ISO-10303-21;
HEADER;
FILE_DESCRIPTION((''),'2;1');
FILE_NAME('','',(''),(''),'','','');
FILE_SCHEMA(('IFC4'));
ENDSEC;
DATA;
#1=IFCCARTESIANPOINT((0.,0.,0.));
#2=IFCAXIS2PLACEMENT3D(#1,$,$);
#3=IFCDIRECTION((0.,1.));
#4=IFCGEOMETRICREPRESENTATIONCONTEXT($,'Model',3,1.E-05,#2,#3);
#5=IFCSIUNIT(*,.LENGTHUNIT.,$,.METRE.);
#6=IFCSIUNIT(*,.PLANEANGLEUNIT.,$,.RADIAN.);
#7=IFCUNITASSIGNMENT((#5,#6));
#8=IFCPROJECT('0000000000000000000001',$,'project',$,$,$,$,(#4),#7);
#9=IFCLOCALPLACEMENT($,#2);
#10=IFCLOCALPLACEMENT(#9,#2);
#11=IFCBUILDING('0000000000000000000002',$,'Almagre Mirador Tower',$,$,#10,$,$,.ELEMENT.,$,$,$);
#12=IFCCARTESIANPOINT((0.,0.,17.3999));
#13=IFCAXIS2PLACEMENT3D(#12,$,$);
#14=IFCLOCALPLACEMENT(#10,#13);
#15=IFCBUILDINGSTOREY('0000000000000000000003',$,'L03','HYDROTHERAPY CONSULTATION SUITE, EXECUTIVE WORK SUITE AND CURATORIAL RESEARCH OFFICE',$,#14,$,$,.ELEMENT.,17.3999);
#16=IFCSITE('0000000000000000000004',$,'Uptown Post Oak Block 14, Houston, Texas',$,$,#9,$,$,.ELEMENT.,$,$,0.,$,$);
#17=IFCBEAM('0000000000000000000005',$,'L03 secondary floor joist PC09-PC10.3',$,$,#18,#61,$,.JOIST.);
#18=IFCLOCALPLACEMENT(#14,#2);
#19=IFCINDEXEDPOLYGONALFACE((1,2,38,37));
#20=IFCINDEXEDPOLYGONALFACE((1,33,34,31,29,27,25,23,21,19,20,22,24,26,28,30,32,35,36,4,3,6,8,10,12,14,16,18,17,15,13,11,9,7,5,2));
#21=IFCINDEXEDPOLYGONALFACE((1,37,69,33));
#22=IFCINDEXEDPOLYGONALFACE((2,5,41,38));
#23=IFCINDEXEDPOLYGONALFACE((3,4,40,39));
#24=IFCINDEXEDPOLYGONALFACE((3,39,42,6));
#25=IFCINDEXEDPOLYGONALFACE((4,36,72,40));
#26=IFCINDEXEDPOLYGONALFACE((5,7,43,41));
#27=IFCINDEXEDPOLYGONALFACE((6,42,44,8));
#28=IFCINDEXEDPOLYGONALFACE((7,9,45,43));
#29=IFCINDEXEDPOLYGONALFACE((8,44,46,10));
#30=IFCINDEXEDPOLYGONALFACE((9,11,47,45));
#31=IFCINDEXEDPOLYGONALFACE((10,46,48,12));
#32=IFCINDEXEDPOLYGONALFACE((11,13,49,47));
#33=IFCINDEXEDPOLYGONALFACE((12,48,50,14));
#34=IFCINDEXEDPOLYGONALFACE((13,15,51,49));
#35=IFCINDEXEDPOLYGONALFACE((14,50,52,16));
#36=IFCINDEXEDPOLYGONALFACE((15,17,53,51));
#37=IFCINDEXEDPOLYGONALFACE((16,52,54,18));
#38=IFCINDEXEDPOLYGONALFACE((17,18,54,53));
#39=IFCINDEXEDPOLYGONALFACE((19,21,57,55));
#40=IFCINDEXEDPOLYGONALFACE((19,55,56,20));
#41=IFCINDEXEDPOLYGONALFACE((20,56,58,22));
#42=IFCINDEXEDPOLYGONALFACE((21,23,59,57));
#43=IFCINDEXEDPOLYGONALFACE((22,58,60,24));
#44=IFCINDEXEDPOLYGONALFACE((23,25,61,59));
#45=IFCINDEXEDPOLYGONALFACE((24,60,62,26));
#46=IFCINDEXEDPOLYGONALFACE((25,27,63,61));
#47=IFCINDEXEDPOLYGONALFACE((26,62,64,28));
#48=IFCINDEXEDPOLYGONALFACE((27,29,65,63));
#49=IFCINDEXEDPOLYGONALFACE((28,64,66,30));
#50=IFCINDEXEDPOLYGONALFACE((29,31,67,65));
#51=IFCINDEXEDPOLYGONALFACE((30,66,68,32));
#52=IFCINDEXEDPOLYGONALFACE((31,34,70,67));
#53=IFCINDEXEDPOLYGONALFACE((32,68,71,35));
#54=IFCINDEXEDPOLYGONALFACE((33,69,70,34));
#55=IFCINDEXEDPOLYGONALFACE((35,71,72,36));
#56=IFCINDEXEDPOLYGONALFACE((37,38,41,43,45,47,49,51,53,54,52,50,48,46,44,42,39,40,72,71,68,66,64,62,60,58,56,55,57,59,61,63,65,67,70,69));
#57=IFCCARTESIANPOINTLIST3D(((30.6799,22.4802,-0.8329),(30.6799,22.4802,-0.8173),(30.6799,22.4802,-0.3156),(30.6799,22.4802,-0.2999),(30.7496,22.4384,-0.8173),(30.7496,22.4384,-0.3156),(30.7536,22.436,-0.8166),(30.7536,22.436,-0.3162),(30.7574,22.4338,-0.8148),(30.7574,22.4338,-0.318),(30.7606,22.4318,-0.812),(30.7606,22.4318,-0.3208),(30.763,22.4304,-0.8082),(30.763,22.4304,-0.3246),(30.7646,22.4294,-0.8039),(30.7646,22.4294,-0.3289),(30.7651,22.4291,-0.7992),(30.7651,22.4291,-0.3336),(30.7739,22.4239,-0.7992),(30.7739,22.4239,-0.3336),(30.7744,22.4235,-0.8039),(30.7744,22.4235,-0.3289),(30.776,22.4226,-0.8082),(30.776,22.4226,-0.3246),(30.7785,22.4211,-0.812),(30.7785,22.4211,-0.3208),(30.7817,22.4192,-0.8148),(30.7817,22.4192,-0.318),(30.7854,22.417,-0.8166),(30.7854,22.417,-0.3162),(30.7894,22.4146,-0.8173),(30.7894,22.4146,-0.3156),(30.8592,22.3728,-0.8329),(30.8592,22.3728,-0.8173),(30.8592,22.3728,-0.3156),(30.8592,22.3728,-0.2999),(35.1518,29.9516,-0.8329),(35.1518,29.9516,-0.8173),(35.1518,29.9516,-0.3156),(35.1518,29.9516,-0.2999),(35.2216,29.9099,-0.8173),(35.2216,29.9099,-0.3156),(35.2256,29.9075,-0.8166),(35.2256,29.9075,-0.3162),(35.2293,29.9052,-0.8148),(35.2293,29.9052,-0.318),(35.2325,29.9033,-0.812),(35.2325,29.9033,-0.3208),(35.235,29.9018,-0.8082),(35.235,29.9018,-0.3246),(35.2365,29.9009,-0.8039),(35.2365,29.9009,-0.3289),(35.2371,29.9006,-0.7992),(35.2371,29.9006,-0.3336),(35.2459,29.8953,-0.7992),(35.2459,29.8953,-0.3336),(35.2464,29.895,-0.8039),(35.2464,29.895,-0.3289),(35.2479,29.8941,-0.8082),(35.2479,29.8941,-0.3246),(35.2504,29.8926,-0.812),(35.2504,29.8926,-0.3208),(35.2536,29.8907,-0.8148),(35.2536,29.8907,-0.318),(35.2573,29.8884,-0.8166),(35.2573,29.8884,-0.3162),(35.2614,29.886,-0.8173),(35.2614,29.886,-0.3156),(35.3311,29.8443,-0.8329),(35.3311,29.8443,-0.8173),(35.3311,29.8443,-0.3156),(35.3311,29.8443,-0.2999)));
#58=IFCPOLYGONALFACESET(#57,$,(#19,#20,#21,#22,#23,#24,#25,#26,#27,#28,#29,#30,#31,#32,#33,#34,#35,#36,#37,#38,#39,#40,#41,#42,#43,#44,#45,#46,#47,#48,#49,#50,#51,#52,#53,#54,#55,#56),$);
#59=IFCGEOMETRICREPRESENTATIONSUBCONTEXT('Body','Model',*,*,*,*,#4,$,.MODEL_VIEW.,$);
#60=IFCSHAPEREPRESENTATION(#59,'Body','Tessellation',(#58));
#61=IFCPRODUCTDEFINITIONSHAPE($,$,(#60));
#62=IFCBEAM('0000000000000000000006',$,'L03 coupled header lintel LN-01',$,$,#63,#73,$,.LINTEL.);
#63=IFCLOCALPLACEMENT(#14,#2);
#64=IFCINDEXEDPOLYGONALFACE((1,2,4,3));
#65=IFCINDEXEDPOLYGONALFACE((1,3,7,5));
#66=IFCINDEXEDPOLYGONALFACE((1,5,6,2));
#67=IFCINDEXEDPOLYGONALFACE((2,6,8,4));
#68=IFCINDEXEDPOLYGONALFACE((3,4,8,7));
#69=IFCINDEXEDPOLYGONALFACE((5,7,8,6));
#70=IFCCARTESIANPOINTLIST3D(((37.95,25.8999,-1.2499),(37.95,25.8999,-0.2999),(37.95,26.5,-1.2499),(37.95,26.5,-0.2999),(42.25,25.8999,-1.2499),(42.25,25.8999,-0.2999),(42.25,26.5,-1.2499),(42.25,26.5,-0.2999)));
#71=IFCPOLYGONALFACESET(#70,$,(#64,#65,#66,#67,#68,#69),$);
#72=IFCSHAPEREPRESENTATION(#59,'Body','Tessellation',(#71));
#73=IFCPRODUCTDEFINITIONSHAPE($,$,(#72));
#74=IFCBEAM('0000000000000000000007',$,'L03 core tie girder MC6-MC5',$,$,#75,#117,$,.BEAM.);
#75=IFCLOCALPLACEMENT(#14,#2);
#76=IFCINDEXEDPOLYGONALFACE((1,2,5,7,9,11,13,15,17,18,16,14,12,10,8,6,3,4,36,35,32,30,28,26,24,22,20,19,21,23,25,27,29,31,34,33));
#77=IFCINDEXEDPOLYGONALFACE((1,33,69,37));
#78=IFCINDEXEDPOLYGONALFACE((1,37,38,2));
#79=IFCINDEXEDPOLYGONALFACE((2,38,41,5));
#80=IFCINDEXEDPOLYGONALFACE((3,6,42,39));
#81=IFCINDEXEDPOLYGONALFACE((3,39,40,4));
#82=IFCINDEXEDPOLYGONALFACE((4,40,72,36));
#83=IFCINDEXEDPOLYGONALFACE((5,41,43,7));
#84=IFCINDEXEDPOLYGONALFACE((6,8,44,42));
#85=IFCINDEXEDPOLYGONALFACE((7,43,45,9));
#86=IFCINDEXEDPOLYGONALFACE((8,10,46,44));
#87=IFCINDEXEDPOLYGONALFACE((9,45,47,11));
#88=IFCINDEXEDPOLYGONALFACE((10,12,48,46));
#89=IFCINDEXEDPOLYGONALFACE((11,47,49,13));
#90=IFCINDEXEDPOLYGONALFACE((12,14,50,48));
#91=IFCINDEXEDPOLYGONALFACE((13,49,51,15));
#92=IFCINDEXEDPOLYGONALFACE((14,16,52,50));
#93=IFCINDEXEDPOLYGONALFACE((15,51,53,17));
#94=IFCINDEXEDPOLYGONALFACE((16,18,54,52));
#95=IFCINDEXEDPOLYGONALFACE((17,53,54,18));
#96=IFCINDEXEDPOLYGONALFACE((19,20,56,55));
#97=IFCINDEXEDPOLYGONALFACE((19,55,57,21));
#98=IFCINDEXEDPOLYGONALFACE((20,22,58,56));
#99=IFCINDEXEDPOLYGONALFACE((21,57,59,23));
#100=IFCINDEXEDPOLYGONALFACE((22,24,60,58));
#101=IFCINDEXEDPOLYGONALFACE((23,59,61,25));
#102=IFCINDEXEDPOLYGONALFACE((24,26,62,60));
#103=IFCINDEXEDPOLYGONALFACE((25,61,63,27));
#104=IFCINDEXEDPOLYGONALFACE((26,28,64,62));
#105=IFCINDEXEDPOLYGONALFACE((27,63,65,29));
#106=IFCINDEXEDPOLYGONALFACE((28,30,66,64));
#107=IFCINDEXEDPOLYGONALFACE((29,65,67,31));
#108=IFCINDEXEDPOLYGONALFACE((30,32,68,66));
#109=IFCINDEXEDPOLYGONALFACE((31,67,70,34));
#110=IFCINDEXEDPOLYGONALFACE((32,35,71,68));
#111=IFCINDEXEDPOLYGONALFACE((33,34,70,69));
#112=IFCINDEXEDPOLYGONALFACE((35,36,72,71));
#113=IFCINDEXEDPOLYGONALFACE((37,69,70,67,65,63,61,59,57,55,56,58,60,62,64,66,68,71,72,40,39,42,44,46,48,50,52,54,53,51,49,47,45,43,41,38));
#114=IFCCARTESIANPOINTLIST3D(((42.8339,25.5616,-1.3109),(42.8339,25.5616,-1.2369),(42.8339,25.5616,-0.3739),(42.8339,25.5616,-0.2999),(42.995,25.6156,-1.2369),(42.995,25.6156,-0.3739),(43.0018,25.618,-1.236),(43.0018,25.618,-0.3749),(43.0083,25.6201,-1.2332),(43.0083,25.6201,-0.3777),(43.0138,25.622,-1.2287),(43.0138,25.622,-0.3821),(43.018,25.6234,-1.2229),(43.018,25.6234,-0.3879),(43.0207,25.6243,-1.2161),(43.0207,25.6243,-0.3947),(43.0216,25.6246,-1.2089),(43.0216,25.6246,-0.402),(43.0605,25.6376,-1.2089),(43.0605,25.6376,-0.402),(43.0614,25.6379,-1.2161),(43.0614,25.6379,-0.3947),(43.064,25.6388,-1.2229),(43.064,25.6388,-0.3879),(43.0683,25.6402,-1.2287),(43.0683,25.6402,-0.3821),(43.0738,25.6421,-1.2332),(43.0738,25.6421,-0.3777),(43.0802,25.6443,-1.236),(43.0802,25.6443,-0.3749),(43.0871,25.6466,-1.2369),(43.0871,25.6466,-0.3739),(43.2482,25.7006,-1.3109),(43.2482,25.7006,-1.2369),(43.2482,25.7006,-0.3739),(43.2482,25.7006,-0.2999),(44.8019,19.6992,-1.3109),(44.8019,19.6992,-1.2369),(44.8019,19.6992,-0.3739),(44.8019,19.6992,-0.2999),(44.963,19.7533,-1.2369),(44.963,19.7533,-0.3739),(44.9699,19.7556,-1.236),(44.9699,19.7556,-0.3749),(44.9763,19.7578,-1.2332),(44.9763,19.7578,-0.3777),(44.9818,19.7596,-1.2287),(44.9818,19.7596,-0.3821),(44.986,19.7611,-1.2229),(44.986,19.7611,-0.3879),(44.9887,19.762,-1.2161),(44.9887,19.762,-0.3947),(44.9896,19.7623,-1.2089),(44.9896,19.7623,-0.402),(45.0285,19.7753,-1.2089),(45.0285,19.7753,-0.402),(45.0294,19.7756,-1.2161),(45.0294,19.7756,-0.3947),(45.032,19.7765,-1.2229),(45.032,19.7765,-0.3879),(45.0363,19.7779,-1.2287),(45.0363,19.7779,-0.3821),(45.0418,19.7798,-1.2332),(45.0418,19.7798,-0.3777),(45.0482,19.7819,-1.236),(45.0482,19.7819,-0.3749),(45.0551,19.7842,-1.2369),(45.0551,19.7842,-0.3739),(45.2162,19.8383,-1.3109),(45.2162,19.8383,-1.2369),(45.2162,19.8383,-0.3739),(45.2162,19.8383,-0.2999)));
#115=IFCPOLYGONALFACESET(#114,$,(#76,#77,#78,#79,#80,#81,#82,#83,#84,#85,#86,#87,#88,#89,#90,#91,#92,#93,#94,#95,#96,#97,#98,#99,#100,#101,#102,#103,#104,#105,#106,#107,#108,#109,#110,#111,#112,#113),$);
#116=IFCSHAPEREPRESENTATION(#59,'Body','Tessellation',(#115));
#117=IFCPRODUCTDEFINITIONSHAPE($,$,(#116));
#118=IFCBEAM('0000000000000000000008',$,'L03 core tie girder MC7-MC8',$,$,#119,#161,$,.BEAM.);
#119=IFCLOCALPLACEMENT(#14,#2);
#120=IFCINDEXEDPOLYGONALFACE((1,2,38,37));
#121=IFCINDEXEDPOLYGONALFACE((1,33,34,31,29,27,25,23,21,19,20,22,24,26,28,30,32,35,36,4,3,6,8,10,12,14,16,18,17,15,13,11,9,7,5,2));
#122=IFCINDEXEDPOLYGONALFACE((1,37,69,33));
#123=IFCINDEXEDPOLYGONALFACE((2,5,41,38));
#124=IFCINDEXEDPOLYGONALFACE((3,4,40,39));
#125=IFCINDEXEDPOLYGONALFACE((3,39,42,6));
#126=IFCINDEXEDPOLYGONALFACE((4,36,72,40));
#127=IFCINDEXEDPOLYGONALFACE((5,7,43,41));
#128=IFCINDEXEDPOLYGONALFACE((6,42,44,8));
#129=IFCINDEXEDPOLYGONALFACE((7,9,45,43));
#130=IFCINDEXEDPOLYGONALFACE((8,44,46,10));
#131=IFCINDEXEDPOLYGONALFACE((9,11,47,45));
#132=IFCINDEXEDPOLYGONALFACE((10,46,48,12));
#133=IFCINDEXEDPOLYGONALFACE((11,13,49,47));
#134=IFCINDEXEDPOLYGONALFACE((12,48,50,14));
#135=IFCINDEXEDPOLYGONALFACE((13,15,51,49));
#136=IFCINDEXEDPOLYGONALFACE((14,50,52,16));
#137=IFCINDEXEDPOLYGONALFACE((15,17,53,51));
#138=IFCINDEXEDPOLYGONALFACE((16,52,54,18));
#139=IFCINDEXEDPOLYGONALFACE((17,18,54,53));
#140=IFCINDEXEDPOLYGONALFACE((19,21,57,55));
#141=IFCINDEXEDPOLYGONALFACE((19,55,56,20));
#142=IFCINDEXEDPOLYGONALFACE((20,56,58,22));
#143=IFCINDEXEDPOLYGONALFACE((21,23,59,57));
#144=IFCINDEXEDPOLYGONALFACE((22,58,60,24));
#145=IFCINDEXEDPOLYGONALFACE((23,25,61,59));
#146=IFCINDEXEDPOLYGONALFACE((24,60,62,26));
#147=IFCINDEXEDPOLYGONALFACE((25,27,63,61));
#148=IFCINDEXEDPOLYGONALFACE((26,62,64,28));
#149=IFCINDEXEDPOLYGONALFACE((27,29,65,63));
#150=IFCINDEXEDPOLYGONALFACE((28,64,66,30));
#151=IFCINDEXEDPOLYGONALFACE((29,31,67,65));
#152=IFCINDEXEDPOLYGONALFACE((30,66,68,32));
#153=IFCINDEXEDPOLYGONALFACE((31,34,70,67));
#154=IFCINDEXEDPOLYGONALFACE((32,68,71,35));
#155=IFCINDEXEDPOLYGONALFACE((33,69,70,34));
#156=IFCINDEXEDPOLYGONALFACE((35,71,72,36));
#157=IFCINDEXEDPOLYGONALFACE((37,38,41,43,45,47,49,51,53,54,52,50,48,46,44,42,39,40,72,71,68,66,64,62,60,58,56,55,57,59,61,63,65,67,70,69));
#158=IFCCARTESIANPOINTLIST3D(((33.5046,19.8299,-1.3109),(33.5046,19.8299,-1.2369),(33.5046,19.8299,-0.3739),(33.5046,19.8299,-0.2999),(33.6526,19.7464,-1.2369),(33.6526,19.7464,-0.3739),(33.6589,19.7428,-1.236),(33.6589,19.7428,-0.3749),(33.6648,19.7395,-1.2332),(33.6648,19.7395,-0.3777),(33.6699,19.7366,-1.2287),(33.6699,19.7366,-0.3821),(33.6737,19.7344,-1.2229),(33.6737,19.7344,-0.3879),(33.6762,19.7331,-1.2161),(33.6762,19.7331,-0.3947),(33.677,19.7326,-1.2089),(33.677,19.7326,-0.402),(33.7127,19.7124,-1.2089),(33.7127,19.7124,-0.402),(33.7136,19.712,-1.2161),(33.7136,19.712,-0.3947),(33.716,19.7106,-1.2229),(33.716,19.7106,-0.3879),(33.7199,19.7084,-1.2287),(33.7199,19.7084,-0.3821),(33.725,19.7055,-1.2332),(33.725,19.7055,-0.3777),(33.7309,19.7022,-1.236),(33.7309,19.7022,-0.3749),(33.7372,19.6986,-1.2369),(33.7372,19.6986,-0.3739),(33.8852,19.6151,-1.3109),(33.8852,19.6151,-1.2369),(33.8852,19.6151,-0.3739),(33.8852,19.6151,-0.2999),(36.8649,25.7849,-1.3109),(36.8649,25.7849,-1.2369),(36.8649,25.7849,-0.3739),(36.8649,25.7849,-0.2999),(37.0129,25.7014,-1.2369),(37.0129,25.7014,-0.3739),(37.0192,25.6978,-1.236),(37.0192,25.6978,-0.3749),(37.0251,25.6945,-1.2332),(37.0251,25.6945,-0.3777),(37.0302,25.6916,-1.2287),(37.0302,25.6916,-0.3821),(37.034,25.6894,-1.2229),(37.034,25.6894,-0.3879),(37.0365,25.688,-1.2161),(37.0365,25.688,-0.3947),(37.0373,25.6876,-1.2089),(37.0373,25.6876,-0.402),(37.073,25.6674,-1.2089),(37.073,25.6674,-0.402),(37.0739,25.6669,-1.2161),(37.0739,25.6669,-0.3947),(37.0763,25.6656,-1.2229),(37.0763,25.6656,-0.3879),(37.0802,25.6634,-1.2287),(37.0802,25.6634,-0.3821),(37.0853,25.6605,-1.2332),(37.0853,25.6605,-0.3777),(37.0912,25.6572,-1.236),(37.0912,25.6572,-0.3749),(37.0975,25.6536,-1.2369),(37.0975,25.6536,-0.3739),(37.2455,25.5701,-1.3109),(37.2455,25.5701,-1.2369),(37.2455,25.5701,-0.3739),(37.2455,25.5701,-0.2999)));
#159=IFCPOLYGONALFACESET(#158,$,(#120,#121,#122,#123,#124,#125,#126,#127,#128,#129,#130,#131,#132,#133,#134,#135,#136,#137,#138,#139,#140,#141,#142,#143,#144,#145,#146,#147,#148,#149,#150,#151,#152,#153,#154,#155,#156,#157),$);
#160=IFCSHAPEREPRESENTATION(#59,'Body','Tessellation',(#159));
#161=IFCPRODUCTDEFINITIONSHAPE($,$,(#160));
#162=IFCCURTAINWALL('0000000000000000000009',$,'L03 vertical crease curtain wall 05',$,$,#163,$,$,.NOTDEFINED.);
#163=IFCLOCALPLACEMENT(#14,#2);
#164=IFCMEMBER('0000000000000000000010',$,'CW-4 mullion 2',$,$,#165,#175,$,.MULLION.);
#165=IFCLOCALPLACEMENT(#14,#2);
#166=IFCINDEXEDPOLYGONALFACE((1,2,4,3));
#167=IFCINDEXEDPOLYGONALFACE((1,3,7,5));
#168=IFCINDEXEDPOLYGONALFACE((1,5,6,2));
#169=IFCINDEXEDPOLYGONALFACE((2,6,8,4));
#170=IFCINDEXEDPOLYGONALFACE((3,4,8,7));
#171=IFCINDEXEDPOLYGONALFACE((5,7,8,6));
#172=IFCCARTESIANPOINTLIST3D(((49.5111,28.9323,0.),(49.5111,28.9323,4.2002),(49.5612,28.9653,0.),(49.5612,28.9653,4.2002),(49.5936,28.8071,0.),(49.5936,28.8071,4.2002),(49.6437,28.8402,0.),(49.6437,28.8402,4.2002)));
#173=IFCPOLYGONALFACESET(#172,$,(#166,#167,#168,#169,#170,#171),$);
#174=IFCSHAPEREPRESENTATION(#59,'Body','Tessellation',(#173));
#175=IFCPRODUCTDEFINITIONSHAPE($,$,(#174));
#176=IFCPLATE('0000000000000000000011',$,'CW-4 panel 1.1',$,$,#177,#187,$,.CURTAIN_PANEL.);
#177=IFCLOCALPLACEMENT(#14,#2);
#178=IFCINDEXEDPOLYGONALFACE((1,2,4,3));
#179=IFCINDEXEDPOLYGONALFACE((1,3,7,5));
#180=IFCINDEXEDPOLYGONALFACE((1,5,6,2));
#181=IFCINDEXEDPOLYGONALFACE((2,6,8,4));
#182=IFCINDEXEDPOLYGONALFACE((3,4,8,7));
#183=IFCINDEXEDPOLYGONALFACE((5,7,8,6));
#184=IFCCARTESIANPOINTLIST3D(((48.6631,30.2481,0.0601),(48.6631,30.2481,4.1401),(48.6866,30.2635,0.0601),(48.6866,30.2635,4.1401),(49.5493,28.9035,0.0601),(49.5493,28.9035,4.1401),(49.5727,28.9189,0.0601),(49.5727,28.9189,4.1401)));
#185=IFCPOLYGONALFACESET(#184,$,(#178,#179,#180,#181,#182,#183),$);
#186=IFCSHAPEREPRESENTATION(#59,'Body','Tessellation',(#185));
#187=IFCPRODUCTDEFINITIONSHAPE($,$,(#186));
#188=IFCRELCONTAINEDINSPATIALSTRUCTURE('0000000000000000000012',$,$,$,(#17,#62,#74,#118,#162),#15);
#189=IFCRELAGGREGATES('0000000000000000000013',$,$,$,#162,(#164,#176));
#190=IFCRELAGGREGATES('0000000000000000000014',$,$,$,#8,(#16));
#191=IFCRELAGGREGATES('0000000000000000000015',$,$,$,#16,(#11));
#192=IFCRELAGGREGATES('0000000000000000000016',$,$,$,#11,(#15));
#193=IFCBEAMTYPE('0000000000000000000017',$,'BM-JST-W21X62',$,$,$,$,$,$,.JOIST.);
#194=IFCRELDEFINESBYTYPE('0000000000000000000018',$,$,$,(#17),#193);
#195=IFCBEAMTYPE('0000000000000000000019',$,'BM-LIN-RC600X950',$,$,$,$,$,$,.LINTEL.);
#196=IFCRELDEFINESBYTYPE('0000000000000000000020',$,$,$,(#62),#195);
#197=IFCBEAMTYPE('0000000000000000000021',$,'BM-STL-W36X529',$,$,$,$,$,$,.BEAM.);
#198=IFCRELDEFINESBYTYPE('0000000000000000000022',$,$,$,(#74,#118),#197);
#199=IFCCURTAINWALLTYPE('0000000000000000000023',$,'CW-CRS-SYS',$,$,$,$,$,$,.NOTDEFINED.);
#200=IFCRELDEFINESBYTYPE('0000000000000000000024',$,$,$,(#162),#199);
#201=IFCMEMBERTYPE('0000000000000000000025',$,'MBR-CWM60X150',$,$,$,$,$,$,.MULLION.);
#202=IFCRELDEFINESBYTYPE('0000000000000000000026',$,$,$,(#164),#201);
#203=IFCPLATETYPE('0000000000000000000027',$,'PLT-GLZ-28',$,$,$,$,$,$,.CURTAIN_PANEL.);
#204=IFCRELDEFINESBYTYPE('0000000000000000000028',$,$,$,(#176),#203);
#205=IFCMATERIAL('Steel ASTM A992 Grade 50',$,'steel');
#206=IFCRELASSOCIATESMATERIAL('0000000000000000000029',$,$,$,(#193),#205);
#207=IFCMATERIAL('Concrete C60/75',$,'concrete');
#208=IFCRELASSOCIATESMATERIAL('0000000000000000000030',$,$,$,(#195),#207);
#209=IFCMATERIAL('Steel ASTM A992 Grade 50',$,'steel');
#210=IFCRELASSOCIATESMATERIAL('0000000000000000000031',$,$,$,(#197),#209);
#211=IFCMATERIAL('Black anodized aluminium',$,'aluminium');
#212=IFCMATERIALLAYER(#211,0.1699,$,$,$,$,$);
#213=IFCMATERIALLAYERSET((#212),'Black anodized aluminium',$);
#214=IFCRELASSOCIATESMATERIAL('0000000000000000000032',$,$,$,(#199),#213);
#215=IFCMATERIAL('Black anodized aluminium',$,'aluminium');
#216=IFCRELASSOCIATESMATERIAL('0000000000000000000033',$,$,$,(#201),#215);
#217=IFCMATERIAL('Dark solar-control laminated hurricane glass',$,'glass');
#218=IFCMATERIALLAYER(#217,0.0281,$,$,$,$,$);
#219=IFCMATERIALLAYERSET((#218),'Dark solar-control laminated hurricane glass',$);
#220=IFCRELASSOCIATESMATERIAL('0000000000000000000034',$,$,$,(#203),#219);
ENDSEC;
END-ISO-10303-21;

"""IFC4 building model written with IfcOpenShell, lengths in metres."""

from ifc_helpers import new_model, si_unit, direction, frame, origin, origin_2d, place, context, subcontext, project, spatial, rectangle, i_section, extrude, material, layer, layer_set, material_profile, profile_set, type_object, element, aggregate, save


model = new_model("IFC4")

# Units and contexts
model_context = context("Model", 3, precision=1e-05, world=origin(), true_north=direction((0.0, 1.0)))
body_context = subcontext(model_context, "Body", "Model", "MODEL_VIEW")
ifc_project = project(units=[si_unit("LENGTHUNIT", "METRE"), si_unit("PLANEANGLEUNIT", "RADIAN")], contexts=[model_context])

# Site, building, storey
site_placement = place(None, origin())
site = spatial("IfcSite", under=ifc_project, at=site_placement, Name="Uptown Post Oak Block 14, Houston, Texas", CompositionType="ELEMENT", RefElevation=0.0)
building_placement = place(site_placement, origin())
building = spatial("IfcBuilding", under=site, at=building_placement, Name="Almagre Mirador Tower", CompositionType="ELEMENT")
storey_placement = place(building_placement, frame((0.0, 0.0, 17.3999)))
storey = spatial("IfcBuildingStorey", under=building, at=storey_placement, Name="L03", Description="HYDROTHERAPY CONSULTATION SUITE, EXECUTIVE WORK SUITE AND CURATORIAL RESEARCH OFFICE", CompositionType="ELEMENT", Elevation=17.3999)

# Beams
ifc_material_1 = material(Name="Steel ASTM A992 Grade 50", Category="steel")
ifc_material_profile_1 = material_profile(ifc_material_1, i_section(OverallWidth=0.209, OverallDepth=0.533, WebThickness=0.0103, FlangeThickness=0.0156, FilletRadius=0.0181, at=origin_2d()), Name="W21X62")
ifc_profile_set_1 = profile_set([ifc_material_profile_1], Name="Steel ASTM A992 Grade 50")
beam_type_1 = type_object("IfcBeamType", Name="BM-JST-W21X62", PredefinedType="JOIST", material=ifc_profile_set_1)
beam_1_placement = place(storey_placement, frame((35.2415, 29.8979, -0.5664), z_axis=(-0.513572, -0.858047, 0.0), x_axis=(0.858047, -0.513572, 0.0)))
element("IfcBeam", 1, at=beam_1_placement, inside=storey, type_object=beam_type_1, Name="L03 secondary floor joist PC09-PC10.3", PredefinedType="JOIST", context=body_context, shape_type="SweptSolid", body=[
    extrude(i_section(OverallWidth=0.209, OverallDepth=0.533, WebThickness=0.0103, FlangeThickness=0.0156, FilletRadius=0.0181, at=origin_2d()), origin(), (0.0, 0.0, 1.0), 8.7075),
])
ifc_material_2 = material(Name="Concrete C60/75", Category="concrete")
ifc_material_profile_2 = material_profile(ifc_material_2, rectangle(XDim=0.6001, YDim=0.95, at=origin_2d()), Name="RC600X950")
ifc_profile_set_2 = profile_set([ifc_material_profile_2], Name="Concrete C60/75")
beam_type_2 = type_object("IfcBeamType", Name="BM-LIN-RC600X950", PredefinedType="LINTEL", material=ifc_profile_set_2)
beam_2_placement = place(storey_placement, frame((37.95, 26.2, -0.7749), z_axis=(1.0, 0.0, 0.0), x_axis=(0.0, 1.0, 0.0)))
element("IfcBeam", 2, at=beam_2_placement, inside=storey, type_object=beam_type_2, Name="L03 coupled header lintel LN-01", PredefinedType="LINTEL", context=body_context, shape_type="SweptSolid", body=[
    extrude(rectangle(XDim=0.6001, YDim=0.95, at=origin_2d()), origin(), (0.0, 0.0, 1.0), 4.3),
])
ifc_material_3 = material(Name="Steel ASTM A992 Grade 50", Category="steel")
ifc_material_profile_3 = material_profile(ifc_material_3, i_section(OverallWidth=0.437, OverallDepth=1.011, WebThickness=0.041, FlangeThickness=0.074, FilletRadius=0.0281, at=origin_2d()), Name="W36X529")
ifc_profile_set_3 = profile_set([ifc_material_profile_3], Name="Steel ASTM A992 Grade 50")
beam_type_3 = type_object("IfcBeamType", Name="BM-STL-W36X529", PredefinedType="BEAM", material=ifc_profile_set_3)
beam_3_placement = place(storey_placement, frame((43.041, 25.6311, -0.8054), z_axis=(0.318252, -0.948006, 0.0), x_axis=(0.948006, 0.318252, 0.0)))
element("IfcBeam", 3, at=beam_3_placement, inside=storey, type_object=beam_type_3, Name="L03 core tie girder MC6-MC5", PredefinedType="BEAM", context=body_context, shape_type="SweptSolid", body=[
    extrude(i_section(OverallWidth=0.437, OverallDepth=1.011, WebThickness=0.041, FlangeThickness=0.074, FilletRadius=0.0281, at=origin_2d()), origin(), (0.0, 0.0, 1.0), 6.1838),
])
beam_4_placement = place(storey_placement, frame((37.0552, 25.6775, -0.8054), z_axis=(-0.491441, -0.870911, 0.0), x_axis=(0.870911, -0.491441, 0.0)))
element("IfcBeam", 4, at=beam_4_placement, inside=storey, type_object=beam_type_3, Name="L03 core tie girder MC7-MC8", PredefinedType="BEAM", context=body_context, shape_type="SweptSolid", body=[
    extrude(i_section(OverallWidth=0.437, OverallDepth=1.011, WebThickness=0.041, FlangeThickness=0.074, FilletRadius=0.0281, at=origin_2d()), origin(), (0.0, 0.0, 1.0), 6.8376),
])

# Curtain wall, member, plate
ifc_material_4 = material(Name="Black anodized aluminium", Category="aluminium")
ifc_layer_1 = layer(ifc_material_4, 0.1699)
ifc_layer_set_1 = layer_set([ifc_layer_1], Name="Black anodized aluminium")
curtain_wall_type = type_object("IfcCurtainWallType", Name="CW-CRS-SYS", PredefinedType="NOTDEFINED", material=ifc_layer_set_1)
curtain_wall_placement = place(storey_placement, origin())
curtain_wall = element("IfcCurtainWall", 5, at=curtain_wall_placement, inside=storey, type_object=curtain_wall_type, Name="L03 vertical crease curtain wall 05", PredefinedType="NOTDEFINED")
ifc_material_5 = material(Name="Black anodized aluminium", Category="aluminium")
ifc_material_profile_4 = material_profile(ifc_material_5, rectangle(XDim=0.0601, YDim=0.1499, at=origin_2d()), Name="CWM60X150")
ifc_profile_set_4 = profile_set([ifc_material_profile_4], Name="Black anodized aluminium")
member_type = type_object("IfcMemberType", Name="MBR-CWM60X150", PredefinedType="MULLION", material=ifc_profile_set_4)
member_placement = place(storey_placement, frame((49.5774, 28.8862, 0.0), z_axis=(0.0, 0.0, 1.0), x_axis=(0.83499, 0.550265, 0.0)))
member = element("IfcMember", 6, at=member_placement, type_object=member_type, Name="CW-4 mullion 2", PredefinedType="MULLION", context=body_context, shape_type="SweptSolid", body=[
    extrude(rectangle(XDim=0.0601, YDim=0.1499, at=origin_2d()), origin(), (0.0, 0.0, 1.0), 4.2002),
])
ifc_material_6 = material(Name="Dark solar-control laminated hurricane glass", Category="glass")
ifc_layer_2 = layer(ifc_material_6, 0.0281)
ifc_layer_set_2 = layer_set([ifc_layer_2], Name="Dark solar-control laminated hurricane glass")
plate_type = type_object("IfcPlateType", Name="PLT-GLZ-28", PredefinedType="CURTAIN_PANEL", material=ifc_layer_set_2)
plate_placement = place(storey_placement, frame((49.1179, 29.5835, 0.0601), z_axis=(0.0, 0.0, 1.0), x_axis=(0.550265, -0.83499, 0.0)))
plate = element("IfcPlate", 7, at=plate_placement, type_object=plate_type, Name="CW-4 panel 1.1", PredefinedType="CURTAIN_PANEL", context=body_context, shape_type="SweptSolid", body=[
    extrude(rectangle(XDim=1.6104, YDim=0.0281, at=origin_2d()), origin(), (0.0, 0.0, 1.0), 4.0801),
])
aggregate(curtain_wall, [member, plate])

save(model, "model.ifc")
